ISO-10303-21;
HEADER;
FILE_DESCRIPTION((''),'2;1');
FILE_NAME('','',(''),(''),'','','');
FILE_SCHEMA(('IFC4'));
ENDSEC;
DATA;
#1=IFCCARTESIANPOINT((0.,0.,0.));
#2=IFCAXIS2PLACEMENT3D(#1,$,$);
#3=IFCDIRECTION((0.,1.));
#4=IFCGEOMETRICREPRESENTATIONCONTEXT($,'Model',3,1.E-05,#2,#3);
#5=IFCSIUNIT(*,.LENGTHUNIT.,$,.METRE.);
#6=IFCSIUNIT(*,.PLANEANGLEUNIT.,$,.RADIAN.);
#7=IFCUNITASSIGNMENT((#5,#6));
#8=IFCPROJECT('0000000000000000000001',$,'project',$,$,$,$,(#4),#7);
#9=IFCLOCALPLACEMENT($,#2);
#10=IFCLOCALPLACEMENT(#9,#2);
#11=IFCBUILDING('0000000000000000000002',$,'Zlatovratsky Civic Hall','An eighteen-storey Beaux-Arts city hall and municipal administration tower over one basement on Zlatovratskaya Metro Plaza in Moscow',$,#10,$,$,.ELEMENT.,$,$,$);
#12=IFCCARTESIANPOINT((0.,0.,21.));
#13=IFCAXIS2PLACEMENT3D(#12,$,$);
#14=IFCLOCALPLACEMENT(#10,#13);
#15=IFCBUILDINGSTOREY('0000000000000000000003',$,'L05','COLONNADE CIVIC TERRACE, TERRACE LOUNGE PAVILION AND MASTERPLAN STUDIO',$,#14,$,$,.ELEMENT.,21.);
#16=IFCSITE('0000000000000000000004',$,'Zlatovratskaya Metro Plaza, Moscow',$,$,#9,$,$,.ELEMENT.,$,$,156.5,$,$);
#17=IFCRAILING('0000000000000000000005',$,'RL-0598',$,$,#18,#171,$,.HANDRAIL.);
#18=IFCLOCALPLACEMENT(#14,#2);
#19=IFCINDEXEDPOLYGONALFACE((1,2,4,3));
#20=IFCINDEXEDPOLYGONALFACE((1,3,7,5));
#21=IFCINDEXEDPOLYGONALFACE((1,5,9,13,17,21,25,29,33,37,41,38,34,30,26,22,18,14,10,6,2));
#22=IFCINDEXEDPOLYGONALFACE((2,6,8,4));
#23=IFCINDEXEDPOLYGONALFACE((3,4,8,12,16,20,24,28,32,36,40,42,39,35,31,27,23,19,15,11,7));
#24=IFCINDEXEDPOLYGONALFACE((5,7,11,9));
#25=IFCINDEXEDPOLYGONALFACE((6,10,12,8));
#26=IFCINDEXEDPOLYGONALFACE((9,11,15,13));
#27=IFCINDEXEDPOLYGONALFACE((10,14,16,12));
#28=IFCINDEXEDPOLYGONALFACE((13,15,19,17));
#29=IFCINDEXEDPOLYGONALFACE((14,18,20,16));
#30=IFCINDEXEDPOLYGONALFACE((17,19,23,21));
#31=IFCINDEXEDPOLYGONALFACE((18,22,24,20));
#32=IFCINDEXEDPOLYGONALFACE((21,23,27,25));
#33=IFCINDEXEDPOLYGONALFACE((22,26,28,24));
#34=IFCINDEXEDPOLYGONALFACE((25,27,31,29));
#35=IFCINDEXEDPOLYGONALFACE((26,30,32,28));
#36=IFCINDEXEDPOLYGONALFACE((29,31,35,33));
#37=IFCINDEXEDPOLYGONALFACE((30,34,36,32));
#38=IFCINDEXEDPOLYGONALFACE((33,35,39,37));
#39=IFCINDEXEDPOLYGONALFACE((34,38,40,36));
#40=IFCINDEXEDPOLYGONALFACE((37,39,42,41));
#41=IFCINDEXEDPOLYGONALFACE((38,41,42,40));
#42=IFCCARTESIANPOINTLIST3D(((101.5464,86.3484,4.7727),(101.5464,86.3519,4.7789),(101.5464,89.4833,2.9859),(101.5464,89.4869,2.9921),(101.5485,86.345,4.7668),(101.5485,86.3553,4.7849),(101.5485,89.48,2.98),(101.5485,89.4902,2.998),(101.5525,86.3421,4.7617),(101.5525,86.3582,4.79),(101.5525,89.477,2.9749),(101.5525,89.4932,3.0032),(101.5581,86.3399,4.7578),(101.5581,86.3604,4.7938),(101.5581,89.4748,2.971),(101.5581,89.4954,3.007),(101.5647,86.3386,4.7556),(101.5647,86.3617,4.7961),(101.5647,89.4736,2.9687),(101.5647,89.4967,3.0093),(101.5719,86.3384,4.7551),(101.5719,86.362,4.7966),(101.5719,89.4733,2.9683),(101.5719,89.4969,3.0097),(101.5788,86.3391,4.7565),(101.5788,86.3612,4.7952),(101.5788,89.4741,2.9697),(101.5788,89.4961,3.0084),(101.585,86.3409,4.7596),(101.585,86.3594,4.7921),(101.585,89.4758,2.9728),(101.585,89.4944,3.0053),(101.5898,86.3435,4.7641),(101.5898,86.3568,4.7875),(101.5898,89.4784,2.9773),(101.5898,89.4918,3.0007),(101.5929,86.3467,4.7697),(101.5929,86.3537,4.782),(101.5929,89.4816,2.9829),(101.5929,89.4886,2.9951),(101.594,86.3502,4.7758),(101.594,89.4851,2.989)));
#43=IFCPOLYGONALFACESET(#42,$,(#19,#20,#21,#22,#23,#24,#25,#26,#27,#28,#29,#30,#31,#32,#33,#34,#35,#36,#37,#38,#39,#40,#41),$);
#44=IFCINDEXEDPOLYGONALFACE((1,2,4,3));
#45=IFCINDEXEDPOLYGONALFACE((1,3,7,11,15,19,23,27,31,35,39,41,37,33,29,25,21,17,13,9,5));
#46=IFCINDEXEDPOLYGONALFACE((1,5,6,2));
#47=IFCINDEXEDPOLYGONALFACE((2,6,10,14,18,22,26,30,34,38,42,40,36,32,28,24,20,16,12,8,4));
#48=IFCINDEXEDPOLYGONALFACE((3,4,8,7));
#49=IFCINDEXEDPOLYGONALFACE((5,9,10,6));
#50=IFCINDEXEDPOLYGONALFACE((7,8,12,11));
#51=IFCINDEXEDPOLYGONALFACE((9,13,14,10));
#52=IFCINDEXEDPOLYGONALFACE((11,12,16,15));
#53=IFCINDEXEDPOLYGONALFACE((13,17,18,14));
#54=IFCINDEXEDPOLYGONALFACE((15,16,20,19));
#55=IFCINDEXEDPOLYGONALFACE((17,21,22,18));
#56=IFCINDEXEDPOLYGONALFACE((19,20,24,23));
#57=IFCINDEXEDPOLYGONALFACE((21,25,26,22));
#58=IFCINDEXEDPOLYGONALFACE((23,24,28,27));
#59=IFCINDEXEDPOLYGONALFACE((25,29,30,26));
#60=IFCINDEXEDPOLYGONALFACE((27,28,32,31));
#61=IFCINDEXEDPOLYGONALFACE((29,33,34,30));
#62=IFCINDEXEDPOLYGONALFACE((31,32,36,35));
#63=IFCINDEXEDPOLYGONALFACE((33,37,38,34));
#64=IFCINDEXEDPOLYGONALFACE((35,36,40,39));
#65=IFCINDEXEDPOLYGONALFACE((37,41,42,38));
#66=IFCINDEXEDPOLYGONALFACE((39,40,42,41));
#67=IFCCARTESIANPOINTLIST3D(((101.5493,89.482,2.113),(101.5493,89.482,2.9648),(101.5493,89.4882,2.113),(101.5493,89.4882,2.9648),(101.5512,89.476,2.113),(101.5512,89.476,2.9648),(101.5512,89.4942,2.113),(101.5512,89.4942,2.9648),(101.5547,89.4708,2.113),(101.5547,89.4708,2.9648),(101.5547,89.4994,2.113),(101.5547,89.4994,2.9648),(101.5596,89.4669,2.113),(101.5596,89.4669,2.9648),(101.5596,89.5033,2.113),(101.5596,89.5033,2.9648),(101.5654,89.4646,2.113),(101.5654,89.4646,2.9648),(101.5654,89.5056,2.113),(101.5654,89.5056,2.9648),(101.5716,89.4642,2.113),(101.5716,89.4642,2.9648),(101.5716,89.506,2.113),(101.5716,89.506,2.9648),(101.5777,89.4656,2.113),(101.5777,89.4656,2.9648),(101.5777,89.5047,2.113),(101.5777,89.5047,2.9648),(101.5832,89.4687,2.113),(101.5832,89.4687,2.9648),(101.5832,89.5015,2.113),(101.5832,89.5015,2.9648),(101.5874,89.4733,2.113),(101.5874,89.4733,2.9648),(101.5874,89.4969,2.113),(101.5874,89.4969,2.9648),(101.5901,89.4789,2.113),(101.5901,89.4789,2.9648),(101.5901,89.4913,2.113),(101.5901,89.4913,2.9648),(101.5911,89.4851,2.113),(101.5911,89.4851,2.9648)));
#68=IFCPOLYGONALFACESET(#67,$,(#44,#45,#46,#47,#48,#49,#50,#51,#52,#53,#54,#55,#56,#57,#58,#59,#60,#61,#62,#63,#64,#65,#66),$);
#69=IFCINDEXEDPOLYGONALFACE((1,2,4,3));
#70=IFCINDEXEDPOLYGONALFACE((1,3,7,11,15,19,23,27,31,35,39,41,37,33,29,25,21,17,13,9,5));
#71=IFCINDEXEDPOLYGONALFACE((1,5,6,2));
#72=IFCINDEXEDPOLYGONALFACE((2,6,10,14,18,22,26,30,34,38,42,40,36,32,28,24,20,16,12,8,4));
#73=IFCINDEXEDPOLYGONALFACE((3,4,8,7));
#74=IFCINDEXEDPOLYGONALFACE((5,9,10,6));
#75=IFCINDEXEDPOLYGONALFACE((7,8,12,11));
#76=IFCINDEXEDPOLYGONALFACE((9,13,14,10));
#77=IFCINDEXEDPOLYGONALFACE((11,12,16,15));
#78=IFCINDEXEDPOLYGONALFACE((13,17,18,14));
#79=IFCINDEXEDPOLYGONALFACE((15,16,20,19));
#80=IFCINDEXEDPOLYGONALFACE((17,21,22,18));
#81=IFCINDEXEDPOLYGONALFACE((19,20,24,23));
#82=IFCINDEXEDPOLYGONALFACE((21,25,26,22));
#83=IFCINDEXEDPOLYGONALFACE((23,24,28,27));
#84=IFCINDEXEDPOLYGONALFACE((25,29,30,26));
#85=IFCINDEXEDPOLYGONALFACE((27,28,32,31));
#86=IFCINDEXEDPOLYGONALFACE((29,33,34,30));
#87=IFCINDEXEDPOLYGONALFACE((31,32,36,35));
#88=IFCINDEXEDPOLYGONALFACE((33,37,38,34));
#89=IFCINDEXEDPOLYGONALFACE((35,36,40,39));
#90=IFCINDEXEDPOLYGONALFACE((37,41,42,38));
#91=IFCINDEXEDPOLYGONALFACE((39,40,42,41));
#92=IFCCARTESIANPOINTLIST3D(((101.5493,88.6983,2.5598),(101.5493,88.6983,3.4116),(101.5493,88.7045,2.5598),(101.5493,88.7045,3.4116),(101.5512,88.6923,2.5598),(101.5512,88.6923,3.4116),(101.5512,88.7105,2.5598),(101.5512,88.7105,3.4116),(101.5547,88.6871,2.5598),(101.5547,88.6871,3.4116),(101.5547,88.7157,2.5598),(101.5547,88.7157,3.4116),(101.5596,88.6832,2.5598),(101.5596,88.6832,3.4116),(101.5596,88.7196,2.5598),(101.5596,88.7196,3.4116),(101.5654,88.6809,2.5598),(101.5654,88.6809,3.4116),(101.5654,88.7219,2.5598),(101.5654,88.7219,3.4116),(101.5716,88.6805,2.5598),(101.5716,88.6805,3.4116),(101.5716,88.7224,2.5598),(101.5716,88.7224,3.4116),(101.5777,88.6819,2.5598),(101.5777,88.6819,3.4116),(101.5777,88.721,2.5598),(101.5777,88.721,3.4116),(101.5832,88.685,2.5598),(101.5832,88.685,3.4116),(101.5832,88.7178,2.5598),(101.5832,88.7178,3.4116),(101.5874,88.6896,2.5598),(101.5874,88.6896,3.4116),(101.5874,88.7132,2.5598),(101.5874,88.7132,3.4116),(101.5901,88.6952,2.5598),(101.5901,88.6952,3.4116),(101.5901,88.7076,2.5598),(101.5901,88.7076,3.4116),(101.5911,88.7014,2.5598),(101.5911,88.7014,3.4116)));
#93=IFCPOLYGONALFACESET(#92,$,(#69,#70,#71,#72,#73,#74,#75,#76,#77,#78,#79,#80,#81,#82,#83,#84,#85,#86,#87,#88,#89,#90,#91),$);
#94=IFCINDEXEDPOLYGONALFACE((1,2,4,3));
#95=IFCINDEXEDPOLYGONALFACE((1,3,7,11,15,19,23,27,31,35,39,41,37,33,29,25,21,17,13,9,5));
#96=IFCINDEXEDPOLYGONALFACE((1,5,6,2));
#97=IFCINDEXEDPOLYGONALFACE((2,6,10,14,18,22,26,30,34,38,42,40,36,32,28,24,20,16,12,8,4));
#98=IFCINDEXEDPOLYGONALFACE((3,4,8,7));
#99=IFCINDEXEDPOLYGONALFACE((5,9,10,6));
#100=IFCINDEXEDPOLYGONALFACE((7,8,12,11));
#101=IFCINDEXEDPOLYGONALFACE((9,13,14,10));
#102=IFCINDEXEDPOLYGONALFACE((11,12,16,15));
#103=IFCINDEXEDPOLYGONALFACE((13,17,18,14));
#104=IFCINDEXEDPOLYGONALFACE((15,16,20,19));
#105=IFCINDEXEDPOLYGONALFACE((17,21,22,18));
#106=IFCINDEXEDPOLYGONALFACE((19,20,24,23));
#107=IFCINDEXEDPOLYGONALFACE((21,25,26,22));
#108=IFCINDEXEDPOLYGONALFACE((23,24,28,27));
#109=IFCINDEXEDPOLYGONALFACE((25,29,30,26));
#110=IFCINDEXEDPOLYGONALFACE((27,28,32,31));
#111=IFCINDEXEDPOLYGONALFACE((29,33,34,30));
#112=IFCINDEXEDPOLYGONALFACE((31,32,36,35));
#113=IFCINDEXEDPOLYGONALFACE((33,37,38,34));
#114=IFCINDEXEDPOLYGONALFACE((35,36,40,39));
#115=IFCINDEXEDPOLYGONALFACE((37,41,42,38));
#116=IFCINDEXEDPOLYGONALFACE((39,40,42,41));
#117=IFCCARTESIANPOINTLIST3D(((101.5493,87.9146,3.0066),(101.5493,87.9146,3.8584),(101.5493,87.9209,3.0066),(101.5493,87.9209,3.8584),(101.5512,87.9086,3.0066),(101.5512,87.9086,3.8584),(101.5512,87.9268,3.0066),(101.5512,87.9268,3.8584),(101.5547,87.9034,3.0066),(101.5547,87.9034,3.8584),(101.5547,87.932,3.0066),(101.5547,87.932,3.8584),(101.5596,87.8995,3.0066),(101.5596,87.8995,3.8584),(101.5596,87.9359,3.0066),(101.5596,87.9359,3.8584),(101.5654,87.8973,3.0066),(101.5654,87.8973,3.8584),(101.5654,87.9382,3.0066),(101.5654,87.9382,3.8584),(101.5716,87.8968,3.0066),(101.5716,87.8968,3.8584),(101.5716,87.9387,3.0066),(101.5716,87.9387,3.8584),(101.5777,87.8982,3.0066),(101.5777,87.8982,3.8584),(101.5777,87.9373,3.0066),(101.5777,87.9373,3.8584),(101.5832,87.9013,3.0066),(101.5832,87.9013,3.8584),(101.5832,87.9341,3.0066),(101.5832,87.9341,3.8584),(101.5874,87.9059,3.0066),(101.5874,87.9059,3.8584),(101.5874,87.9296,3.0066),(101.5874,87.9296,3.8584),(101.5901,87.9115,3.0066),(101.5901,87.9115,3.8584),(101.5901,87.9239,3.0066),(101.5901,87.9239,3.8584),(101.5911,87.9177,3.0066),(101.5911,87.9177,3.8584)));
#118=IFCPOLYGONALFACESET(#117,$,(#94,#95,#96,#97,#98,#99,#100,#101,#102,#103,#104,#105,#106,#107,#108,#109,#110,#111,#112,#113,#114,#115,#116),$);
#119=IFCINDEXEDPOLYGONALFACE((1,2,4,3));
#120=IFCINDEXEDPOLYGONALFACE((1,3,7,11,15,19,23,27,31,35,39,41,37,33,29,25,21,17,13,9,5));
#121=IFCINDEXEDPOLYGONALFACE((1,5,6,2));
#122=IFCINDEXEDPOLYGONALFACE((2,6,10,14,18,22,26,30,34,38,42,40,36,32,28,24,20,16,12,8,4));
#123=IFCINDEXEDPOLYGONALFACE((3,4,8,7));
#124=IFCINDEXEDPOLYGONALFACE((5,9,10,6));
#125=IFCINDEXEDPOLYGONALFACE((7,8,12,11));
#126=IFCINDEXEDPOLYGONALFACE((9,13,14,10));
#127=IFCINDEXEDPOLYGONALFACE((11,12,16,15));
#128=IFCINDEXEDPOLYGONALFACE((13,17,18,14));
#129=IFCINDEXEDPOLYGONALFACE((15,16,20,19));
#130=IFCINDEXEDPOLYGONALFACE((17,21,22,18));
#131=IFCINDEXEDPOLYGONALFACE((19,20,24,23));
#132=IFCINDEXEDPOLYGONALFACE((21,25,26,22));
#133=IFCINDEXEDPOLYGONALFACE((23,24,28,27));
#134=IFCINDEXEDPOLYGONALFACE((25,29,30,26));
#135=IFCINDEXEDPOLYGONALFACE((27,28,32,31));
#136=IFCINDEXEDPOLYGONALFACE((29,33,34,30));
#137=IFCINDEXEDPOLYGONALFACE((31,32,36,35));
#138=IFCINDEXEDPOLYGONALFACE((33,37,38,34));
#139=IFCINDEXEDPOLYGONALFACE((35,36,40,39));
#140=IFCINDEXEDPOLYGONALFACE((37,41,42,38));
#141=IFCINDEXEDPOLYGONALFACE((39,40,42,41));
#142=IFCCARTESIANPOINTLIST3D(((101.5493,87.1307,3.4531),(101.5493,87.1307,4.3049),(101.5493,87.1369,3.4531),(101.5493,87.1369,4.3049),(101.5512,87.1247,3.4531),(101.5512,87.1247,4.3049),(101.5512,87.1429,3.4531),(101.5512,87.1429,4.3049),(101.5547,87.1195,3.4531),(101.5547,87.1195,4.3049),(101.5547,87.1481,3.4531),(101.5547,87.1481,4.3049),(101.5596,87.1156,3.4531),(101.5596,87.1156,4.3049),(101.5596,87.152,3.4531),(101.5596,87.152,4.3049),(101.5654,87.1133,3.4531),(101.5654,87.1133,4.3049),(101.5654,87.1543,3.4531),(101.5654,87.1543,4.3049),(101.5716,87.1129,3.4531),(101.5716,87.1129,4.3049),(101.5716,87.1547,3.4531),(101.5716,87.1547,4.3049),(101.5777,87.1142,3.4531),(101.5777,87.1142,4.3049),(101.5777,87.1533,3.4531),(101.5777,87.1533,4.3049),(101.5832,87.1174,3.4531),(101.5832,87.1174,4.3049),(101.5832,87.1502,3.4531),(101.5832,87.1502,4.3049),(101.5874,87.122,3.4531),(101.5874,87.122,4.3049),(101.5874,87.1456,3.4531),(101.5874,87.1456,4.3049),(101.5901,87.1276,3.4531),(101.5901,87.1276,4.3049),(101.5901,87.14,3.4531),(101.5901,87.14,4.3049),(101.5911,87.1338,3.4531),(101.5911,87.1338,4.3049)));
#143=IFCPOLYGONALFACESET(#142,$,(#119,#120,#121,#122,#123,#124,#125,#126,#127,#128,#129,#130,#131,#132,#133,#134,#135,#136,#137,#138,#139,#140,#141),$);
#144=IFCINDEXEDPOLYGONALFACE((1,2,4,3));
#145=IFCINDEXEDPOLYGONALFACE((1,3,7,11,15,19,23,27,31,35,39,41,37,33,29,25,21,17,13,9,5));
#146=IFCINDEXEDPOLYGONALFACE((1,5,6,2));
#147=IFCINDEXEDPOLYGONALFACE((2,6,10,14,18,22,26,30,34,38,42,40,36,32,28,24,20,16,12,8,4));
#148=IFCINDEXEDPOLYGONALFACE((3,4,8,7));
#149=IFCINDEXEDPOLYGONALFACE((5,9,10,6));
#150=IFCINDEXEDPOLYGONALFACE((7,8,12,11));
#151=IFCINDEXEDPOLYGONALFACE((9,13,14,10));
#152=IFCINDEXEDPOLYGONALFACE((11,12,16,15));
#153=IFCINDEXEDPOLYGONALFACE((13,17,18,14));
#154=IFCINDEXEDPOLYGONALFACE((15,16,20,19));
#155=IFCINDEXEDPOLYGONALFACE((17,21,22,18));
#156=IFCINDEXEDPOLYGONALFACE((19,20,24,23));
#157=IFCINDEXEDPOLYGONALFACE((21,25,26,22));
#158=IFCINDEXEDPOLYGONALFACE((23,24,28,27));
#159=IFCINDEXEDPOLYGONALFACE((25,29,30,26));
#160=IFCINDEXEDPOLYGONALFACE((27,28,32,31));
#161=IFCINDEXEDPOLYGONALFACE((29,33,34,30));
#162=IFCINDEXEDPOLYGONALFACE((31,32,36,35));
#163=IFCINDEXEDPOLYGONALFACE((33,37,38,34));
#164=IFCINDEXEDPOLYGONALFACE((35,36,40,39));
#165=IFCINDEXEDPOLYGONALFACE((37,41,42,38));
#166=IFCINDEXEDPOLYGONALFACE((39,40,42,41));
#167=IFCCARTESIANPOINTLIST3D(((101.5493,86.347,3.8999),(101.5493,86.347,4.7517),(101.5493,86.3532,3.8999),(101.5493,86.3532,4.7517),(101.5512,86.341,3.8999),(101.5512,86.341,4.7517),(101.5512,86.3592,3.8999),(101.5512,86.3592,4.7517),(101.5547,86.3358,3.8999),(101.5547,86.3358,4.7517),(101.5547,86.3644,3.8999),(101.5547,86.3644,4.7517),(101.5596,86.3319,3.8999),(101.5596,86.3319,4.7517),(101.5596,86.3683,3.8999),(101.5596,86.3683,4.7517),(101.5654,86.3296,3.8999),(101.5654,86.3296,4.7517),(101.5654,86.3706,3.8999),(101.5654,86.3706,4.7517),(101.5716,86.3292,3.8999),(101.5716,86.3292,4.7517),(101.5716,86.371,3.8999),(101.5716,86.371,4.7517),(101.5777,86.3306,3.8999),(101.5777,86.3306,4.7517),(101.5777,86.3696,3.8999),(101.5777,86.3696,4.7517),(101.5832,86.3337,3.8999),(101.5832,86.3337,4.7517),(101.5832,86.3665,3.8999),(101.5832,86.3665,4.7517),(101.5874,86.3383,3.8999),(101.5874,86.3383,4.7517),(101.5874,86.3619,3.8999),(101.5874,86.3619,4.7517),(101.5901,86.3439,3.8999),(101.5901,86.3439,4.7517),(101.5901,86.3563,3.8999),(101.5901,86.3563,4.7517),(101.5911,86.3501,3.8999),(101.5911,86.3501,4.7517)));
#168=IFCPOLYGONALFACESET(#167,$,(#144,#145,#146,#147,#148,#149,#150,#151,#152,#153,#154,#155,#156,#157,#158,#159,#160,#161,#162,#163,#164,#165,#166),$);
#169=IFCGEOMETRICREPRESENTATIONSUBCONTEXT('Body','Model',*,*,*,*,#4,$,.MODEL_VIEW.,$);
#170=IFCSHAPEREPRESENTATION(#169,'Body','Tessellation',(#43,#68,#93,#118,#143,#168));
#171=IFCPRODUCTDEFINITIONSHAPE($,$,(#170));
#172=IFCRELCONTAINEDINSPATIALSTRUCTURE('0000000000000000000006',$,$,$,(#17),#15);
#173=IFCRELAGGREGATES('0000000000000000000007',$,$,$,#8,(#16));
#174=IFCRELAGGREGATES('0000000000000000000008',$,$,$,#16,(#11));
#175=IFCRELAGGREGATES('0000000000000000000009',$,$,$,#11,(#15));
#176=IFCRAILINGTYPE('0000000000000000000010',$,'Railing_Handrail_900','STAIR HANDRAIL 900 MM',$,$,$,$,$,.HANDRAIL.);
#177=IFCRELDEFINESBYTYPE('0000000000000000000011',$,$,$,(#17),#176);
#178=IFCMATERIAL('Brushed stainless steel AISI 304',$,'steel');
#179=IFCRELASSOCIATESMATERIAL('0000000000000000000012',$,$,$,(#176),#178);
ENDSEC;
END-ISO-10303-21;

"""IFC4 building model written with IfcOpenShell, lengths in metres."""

from ifc_helpers import new_model, si_unit, direction, frame, origin, origin_2d, place, context, subcontext, project, spatial, circle, extrude, material, type_object, element, save


model = new_model("IFC4")

# Units and contexts
model_context = context("Model", 3, precision=1e-05, world=origin(), true_north=direction((0.0, 1.0)))
body_context = subcontext(model_context, "Body", "Model", "MODEL_VIEW")
ifc_project = project(units=[si_unit("LENGTHUNIT", "METRE"), si_unit("PLANEANGLEUNIT", "RADIAN")], contexts=[model_context])

# Site, building, storey
site_placement = place(None, origin())
site = spatial("IfcSite", under=ifc_project, at=site_placement, Name="Zlatovratskaya Metro Plaza, Moscow", CompositionType="ELEMENT", RefElevation=156.5)
building_placement = place(site_placement, origin())
building = spatial("IfcBuilding", under=site, at=building_placement, Name="Zlatovratsky Civic Hall", Description="An eighteen-storey Beaux-Arts city hall and municipal administration tower over one basement on Zlatovratskaya Metro Plaza in Moscow", CompositionType="ELEMENT")
storey_placement = place(building_placement, frame((0.0, 0.0, 21.0)))
storey = spatial("IfcBuildingStorey", under=building, at=storey_placement, Name="L05", Description="COLONNADE CIVIC TERRACE, TERRACE LOUNGE PAVILION AND MASTERPLAN STUDIO", CompositionType="ELEMENT", Elevation=21.0)

# Railing
ifc_material_1 = material(Name="Brushed stainless steel AISI 304", Category="steel")
railing_type_1 = type_object("IfcRailingType", Name="Railing_Handrail_900", Description="STAIR HANDRAIL 900 MM", PredefinedType="HANDRAIL", material=ifc_material_1)
railing_1_placement = place(storey_placement, frame((101.5701, 89.4851, 2.113)))
element("IfcRailing", 1, at=railing_1_placement, inside=storey, type_object=railing_type_1, Name="RL-0598", PredefinedType="HANDRAIL", context=body_context, shape_type="SweptSolid", body=[
    extrude(circle(Radius=0.0239, at=origin_2d()), frame((0.0, 0.0, 0.876), z_axis=(0.0, -0.868788, 0.495184), x_axis=(1.0, 0.0, 0.0)), (0.0, 0.0, 1.0), 3.6084),
    extrude(circle(Radius=0.021, at=origin_2d()), origin(), (0.0, 0.0, 1.0), 0.8518),
    extrude(circle(Radius=0.021, at=origin_2d()), frame((0.0, -0.7837, 0.4468)), (0.0, 0.0, 1.0), 0.8518),
    extrude(circle(Radius=0.021, at=origin_2d()), frame((0.0, -1.5674, 0.8936)), (0.0, 0.0, 1.0), 0.8518),
    extrude(circle(Radius=0.021, at=origin_2d()), frame((0.0, -2.3513, 1.3401)), (0.0, 0.0, 1.0), 0.8518),
    extrude(circle(Radius=0.021, at=origin_2d()), frame((0.0, -3.135, 1.7869)), (0.0, 0.0, 1.0), 0.8518),
])

save(model, "model.ifc")
